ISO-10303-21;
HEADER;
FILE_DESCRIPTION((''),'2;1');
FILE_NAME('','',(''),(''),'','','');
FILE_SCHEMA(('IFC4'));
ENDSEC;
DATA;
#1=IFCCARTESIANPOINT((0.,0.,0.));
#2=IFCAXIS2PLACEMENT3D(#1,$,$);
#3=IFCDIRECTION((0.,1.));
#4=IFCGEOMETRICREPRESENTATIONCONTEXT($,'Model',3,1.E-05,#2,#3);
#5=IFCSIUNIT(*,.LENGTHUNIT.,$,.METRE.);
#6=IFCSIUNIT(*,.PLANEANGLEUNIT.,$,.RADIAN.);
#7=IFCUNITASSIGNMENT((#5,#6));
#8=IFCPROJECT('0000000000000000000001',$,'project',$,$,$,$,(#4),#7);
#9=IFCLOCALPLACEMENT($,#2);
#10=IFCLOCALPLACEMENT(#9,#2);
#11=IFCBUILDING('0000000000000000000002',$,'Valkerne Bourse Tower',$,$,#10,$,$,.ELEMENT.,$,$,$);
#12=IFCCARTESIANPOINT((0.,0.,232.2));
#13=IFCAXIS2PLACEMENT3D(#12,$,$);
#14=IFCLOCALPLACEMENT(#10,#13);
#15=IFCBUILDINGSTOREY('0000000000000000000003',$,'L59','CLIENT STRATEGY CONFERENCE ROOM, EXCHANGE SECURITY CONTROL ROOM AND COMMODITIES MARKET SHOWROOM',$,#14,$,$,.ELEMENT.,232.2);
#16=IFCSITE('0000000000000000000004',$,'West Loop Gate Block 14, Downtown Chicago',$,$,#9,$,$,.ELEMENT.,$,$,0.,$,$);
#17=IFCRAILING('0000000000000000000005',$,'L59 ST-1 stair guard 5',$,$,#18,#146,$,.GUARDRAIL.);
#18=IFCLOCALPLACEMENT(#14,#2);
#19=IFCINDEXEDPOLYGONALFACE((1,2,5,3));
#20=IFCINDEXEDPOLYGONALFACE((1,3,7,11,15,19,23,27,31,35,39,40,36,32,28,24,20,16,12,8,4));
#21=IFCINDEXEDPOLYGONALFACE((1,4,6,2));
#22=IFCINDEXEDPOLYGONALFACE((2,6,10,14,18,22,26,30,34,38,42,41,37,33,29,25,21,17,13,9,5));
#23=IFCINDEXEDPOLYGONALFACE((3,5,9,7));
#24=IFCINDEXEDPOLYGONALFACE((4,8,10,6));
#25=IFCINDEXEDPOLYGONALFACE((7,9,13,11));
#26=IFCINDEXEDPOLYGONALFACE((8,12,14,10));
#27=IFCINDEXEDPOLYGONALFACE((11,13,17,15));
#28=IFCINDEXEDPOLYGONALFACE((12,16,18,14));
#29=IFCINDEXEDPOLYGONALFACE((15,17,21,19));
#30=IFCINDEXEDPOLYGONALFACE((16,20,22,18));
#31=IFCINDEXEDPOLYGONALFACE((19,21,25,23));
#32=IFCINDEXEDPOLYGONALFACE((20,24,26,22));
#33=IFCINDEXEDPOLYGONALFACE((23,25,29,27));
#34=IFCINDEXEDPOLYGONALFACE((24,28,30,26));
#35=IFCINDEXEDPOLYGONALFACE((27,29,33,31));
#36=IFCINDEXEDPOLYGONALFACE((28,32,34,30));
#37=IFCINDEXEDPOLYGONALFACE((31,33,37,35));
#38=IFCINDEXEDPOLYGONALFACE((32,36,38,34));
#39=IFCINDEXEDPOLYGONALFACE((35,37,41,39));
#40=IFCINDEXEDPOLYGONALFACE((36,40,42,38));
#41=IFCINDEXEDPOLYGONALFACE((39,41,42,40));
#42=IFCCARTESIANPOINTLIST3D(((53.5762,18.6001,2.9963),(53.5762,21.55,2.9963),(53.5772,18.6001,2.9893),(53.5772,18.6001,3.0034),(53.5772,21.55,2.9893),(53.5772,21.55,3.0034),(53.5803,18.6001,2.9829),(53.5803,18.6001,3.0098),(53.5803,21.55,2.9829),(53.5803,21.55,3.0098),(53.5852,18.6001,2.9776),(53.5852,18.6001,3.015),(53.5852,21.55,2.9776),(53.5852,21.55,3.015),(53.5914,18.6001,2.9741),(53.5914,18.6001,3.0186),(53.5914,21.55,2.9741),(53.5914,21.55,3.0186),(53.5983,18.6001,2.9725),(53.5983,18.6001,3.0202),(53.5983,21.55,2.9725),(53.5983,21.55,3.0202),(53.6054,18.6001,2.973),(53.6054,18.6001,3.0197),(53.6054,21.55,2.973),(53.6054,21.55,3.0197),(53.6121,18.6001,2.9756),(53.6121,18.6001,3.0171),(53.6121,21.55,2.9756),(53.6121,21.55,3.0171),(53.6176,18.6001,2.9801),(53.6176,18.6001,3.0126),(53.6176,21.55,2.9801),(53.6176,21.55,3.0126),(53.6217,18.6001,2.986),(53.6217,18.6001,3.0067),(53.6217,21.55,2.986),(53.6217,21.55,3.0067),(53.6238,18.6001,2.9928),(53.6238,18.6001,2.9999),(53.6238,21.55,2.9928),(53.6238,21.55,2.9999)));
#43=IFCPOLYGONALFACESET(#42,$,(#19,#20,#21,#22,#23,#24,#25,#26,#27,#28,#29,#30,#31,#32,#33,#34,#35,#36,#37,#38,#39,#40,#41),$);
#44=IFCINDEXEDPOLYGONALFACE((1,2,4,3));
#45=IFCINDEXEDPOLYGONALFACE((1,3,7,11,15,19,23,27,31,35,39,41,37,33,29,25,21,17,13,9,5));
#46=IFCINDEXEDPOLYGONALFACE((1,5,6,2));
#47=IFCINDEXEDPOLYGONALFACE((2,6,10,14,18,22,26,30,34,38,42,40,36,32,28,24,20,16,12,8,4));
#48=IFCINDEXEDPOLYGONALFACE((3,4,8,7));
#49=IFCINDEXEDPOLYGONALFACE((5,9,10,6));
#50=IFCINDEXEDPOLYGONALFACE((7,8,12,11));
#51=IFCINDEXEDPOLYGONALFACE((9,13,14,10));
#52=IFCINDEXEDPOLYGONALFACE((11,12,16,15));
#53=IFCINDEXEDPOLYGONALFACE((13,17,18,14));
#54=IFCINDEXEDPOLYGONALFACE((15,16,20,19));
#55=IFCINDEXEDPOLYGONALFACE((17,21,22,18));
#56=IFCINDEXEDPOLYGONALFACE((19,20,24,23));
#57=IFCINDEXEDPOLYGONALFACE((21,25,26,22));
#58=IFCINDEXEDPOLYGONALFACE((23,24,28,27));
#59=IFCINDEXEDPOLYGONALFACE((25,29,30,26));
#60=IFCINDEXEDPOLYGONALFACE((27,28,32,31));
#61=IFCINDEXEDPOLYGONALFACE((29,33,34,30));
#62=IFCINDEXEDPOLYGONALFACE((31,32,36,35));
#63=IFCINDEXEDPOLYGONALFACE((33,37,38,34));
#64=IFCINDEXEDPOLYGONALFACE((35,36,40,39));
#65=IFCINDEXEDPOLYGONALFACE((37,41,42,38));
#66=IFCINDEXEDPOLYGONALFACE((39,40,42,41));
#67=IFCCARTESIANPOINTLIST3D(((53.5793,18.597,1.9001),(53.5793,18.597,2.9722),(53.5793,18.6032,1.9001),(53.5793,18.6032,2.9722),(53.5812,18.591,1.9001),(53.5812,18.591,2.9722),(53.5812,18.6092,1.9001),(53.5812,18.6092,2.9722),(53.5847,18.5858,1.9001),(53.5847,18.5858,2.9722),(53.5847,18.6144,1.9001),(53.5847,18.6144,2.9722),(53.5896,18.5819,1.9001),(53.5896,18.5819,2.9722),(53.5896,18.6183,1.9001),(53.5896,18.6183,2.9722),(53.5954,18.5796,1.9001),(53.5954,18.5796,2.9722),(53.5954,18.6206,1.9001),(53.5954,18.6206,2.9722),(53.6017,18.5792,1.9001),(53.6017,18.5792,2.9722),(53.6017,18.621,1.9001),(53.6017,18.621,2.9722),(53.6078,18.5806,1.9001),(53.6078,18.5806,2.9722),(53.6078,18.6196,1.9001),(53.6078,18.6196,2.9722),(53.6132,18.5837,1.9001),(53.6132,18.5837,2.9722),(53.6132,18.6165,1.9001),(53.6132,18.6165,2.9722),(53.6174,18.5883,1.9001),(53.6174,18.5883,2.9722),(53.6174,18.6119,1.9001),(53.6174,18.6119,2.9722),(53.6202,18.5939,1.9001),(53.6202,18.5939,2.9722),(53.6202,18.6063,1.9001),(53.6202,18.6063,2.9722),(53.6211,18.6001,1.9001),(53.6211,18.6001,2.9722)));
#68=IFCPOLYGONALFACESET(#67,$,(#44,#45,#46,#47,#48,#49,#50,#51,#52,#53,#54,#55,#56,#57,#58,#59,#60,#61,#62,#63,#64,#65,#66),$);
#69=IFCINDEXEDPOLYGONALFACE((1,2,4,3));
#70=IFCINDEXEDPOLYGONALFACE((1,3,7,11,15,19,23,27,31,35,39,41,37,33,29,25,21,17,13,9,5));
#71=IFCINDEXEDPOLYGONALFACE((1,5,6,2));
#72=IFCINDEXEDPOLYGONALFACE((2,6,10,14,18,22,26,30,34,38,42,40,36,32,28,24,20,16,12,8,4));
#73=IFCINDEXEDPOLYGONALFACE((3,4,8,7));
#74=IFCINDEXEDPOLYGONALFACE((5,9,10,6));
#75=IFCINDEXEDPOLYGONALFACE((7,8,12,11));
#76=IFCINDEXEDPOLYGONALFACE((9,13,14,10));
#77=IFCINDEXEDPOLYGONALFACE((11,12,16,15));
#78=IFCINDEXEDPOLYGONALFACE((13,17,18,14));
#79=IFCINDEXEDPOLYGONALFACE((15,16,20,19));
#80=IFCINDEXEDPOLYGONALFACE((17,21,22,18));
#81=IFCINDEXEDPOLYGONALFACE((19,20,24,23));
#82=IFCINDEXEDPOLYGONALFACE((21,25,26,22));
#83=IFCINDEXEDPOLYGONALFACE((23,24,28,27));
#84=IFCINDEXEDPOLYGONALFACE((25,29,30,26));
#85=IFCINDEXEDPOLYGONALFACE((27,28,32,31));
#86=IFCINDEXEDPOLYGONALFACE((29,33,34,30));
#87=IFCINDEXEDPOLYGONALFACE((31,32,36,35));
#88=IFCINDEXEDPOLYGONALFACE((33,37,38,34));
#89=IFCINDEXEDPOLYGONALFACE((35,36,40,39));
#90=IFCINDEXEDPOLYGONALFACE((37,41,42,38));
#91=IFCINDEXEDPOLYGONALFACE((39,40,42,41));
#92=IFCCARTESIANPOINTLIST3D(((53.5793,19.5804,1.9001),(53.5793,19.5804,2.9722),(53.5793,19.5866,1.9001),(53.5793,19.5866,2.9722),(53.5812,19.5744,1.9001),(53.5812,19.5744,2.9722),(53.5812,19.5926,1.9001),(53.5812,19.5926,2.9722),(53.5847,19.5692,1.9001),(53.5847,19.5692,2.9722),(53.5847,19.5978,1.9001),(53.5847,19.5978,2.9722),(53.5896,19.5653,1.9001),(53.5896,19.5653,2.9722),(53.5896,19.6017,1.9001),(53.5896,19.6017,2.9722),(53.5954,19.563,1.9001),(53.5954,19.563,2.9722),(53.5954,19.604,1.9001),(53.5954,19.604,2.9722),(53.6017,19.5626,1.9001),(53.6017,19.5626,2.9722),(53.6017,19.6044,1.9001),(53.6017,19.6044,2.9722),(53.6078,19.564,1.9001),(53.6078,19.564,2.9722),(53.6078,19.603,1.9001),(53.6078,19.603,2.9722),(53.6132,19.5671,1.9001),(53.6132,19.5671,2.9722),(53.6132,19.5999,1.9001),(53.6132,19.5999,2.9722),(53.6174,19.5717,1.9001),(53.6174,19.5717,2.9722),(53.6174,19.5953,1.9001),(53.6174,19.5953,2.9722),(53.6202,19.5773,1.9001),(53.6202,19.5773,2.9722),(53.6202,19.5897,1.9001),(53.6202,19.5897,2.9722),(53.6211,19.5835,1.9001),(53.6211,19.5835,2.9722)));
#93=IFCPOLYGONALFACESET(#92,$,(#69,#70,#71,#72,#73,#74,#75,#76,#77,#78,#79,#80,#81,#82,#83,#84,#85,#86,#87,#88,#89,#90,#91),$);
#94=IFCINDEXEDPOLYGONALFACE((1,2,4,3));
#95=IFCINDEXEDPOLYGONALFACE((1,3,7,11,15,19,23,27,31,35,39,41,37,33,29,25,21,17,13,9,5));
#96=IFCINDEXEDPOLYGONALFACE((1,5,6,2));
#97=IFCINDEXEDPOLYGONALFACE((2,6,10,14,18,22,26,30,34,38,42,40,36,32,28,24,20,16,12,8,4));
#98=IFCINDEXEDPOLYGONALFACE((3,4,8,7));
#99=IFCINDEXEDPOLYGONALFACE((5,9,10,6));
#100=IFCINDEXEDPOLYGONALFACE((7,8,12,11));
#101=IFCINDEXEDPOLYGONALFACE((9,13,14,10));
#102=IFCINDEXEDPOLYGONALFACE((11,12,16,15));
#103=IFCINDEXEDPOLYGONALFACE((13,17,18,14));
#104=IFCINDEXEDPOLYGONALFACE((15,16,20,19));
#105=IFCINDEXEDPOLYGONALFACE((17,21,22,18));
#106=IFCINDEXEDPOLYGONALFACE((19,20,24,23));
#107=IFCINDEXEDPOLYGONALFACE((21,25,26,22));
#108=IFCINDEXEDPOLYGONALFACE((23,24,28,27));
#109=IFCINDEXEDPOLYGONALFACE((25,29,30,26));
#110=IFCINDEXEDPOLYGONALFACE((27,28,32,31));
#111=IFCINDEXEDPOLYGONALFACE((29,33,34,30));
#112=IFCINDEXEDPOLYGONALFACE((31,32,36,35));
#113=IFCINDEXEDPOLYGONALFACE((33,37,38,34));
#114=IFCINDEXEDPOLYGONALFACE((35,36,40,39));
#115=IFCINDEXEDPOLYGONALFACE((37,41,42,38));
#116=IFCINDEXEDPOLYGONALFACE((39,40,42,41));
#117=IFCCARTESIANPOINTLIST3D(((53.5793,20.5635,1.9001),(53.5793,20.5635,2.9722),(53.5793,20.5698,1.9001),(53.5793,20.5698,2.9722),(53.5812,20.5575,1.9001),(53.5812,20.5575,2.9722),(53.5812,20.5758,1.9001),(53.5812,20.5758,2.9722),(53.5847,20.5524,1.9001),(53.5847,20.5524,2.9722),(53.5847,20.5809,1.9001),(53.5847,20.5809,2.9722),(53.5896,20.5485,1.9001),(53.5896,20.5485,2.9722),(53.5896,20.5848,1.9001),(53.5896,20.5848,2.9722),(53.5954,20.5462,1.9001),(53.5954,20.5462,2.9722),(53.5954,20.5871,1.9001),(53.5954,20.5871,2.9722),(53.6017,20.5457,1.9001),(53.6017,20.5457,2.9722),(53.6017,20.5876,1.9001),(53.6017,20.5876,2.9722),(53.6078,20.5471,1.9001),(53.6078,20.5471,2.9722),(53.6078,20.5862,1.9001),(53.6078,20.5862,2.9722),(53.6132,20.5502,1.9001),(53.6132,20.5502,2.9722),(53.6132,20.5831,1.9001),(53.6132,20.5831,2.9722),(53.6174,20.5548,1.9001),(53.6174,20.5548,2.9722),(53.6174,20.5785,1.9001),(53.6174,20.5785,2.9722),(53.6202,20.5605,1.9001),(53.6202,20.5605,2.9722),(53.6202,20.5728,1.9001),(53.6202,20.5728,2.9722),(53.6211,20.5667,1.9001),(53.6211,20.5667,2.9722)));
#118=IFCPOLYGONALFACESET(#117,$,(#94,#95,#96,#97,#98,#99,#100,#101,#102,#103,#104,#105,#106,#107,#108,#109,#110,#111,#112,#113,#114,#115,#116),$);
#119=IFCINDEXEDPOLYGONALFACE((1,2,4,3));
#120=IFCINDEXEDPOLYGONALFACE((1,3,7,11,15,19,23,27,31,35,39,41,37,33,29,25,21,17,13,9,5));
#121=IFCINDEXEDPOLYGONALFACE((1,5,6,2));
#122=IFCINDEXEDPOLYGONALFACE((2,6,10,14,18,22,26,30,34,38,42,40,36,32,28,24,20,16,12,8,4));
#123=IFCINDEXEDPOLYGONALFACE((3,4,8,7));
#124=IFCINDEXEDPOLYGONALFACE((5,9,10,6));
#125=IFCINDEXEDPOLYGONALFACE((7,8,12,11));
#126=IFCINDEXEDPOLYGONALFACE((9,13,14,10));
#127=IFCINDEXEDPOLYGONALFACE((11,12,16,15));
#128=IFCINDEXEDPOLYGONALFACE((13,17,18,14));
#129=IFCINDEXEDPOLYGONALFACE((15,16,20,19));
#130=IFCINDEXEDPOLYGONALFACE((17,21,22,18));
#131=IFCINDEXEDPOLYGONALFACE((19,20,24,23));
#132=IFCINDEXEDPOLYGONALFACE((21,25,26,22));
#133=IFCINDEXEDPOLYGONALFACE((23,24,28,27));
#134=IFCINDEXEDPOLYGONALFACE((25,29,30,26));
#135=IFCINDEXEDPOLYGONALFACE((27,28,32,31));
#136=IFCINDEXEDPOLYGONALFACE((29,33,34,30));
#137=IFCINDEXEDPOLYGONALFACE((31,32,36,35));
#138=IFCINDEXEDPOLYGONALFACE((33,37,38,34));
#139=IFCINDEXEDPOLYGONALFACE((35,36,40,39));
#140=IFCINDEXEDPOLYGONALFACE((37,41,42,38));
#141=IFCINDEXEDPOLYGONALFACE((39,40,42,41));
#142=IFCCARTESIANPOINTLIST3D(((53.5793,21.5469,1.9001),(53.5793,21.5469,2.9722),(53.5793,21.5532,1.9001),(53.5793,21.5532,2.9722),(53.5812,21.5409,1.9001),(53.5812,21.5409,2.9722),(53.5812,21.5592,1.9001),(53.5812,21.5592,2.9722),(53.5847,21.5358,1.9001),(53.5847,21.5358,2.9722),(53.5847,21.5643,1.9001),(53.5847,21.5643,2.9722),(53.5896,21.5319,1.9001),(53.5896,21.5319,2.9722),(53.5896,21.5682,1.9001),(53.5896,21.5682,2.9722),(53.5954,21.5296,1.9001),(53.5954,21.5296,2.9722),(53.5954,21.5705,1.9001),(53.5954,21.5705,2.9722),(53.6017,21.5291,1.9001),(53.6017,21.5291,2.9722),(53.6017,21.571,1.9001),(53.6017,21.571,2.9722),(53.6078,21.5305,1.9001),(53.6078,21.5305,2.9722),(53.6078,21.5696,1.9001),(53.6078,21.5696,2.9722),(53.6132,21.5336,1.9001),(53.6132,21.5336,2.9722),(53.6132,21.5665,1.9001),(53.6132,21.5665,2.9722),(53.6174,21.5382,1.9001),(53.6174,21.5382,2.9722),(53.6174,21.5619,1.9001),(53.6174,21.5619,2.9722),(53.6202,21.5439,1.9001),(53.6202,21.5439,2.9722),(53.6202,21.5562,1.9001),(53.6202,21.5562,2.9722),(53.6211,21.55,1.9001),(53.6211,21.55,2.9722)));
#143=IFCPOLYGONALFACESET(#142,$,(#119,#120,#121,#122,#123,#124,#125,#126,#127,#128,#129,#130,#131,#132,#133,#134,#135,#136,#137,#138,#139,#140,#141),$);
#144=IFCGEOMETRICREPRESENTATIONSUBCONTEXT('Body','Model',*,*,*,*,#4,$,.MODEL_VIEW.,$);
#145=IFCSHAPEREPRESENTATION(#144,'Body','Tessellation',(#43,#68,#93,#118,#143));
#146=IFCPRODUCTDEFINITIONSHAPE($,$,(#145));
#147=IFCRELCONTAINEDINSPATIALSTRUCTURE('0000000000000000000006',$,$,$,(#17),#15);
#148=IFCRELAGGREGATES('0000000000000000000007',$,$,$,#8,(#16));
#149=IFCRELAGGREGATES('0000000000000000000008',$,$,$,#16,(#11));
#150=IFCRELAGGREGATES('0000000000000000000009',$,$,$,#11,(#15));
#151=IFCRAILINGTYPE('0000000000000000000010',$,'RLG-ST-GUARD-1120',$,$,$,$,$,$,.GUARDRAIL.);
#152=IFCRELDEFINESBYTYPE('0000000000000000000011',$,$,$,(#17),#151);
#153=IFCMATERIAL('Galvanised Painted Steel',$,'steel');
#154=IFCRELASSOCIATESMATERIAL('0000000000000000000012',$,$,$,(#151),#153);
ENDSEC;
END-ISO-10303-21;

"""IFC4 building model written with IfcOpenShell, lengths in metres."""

from ifc_helpers import new_model, si_unit, direction, frame, origin, origin_2d, place, context, subcontext, project, spatial, circle, extrude, material, type_object, element, save


model = new_model("IFC4")

# Units and contexts
model_context = context("Model", 3, precision=1e-05, world=origin(), true_north=direction((0.0, 1.0)))
body_context = subcontext(model_context, "Body", "Model", "MODEL_VIEW")
ifc_project = project(units=[si_unit("LENGTHUNIT", "METRE"), si_unit("PLANEANGLEUNIT", "RADIAN")], contexts=[model_context])

# Site, building, storey
site_placement = place(None, origin())
site = spatial("IfcSite", under=ifc_project, at=site_placement, Name="West Loop Gate Block 14, Downtown Chicago", CompositionType="ELEMENT", RefElevation=0.0)
building_placement = place(site_placement, origin())
building = spatial("IfcBuilding", under=site, at=building_placement, Name="Valkerne Bourse Tower", CompositionType="ELEMENT")
storey_placement = place(building_placement, frame((0.0, 0.0, 232.2)))
storey = spatial("IfcBuildingStorey", under=building, at=storey_placement, Name="L59", Description="CLIENT STRATEGY CONFERENCE ROOM, EXCHANGE SECURITY CONTROL ROOM AND COMMODITIES MARKET SHOWROOM", CompositionType="ELEMENT", Elevation=232.2)

# Railing
ifc_material_1 = material(Name="Galvanised Painted Steel", Category="steel")
railing_type = type_object("IfcRailingType", Name="RLG-ST-GUARD-1120", PredefinedType="GUARDRAIL", material=ifc_material_1)
railing_1_placement = place(storey_placement, frame((53.6001, 18.6001, 1.9001)))
element("IfcRailing", 1, at=railing_1_placement, inside=storey, type_object=railing_type, Name="L59 ST-1 stair guard 5", PredefinedType="GUARDRAIL", context=body_context, shape_type="SweptSolid", body=[
    extrude(circle(Radius=0.0239, at=origin_2d()), frame((0.0, 0.0, 1.0962), z_axis=(0.0, 1.0, 0.0), x_axis=(-1.0, 0.0, 0.0)), (0.0, 0.0, 1.0), 2.95),
    extrude(circle(Radius=0.021, at=origin_2d()), origin(), (0.0, 0.0, 1.0), 1.072),
    extrude(circle(Radius=0.021, at=origin_2d()), frame((0.0, 0.9834, 0.0)), (0.0, 0.0, 1.0), 1.072),
    extrude(circle(Radius=0.021, at=origin_2d()), frame((0.0, 1.9666, 0.0)), (0.0, 0.0, 1.0), 1.072),
    extrude(circle(Radius=0.021, at=origin_2d()), frame((0.0, 2.95, 0.0)), (0.0, 0.0, 1.0), 1.072),
])

save(model, "model.ifc")
